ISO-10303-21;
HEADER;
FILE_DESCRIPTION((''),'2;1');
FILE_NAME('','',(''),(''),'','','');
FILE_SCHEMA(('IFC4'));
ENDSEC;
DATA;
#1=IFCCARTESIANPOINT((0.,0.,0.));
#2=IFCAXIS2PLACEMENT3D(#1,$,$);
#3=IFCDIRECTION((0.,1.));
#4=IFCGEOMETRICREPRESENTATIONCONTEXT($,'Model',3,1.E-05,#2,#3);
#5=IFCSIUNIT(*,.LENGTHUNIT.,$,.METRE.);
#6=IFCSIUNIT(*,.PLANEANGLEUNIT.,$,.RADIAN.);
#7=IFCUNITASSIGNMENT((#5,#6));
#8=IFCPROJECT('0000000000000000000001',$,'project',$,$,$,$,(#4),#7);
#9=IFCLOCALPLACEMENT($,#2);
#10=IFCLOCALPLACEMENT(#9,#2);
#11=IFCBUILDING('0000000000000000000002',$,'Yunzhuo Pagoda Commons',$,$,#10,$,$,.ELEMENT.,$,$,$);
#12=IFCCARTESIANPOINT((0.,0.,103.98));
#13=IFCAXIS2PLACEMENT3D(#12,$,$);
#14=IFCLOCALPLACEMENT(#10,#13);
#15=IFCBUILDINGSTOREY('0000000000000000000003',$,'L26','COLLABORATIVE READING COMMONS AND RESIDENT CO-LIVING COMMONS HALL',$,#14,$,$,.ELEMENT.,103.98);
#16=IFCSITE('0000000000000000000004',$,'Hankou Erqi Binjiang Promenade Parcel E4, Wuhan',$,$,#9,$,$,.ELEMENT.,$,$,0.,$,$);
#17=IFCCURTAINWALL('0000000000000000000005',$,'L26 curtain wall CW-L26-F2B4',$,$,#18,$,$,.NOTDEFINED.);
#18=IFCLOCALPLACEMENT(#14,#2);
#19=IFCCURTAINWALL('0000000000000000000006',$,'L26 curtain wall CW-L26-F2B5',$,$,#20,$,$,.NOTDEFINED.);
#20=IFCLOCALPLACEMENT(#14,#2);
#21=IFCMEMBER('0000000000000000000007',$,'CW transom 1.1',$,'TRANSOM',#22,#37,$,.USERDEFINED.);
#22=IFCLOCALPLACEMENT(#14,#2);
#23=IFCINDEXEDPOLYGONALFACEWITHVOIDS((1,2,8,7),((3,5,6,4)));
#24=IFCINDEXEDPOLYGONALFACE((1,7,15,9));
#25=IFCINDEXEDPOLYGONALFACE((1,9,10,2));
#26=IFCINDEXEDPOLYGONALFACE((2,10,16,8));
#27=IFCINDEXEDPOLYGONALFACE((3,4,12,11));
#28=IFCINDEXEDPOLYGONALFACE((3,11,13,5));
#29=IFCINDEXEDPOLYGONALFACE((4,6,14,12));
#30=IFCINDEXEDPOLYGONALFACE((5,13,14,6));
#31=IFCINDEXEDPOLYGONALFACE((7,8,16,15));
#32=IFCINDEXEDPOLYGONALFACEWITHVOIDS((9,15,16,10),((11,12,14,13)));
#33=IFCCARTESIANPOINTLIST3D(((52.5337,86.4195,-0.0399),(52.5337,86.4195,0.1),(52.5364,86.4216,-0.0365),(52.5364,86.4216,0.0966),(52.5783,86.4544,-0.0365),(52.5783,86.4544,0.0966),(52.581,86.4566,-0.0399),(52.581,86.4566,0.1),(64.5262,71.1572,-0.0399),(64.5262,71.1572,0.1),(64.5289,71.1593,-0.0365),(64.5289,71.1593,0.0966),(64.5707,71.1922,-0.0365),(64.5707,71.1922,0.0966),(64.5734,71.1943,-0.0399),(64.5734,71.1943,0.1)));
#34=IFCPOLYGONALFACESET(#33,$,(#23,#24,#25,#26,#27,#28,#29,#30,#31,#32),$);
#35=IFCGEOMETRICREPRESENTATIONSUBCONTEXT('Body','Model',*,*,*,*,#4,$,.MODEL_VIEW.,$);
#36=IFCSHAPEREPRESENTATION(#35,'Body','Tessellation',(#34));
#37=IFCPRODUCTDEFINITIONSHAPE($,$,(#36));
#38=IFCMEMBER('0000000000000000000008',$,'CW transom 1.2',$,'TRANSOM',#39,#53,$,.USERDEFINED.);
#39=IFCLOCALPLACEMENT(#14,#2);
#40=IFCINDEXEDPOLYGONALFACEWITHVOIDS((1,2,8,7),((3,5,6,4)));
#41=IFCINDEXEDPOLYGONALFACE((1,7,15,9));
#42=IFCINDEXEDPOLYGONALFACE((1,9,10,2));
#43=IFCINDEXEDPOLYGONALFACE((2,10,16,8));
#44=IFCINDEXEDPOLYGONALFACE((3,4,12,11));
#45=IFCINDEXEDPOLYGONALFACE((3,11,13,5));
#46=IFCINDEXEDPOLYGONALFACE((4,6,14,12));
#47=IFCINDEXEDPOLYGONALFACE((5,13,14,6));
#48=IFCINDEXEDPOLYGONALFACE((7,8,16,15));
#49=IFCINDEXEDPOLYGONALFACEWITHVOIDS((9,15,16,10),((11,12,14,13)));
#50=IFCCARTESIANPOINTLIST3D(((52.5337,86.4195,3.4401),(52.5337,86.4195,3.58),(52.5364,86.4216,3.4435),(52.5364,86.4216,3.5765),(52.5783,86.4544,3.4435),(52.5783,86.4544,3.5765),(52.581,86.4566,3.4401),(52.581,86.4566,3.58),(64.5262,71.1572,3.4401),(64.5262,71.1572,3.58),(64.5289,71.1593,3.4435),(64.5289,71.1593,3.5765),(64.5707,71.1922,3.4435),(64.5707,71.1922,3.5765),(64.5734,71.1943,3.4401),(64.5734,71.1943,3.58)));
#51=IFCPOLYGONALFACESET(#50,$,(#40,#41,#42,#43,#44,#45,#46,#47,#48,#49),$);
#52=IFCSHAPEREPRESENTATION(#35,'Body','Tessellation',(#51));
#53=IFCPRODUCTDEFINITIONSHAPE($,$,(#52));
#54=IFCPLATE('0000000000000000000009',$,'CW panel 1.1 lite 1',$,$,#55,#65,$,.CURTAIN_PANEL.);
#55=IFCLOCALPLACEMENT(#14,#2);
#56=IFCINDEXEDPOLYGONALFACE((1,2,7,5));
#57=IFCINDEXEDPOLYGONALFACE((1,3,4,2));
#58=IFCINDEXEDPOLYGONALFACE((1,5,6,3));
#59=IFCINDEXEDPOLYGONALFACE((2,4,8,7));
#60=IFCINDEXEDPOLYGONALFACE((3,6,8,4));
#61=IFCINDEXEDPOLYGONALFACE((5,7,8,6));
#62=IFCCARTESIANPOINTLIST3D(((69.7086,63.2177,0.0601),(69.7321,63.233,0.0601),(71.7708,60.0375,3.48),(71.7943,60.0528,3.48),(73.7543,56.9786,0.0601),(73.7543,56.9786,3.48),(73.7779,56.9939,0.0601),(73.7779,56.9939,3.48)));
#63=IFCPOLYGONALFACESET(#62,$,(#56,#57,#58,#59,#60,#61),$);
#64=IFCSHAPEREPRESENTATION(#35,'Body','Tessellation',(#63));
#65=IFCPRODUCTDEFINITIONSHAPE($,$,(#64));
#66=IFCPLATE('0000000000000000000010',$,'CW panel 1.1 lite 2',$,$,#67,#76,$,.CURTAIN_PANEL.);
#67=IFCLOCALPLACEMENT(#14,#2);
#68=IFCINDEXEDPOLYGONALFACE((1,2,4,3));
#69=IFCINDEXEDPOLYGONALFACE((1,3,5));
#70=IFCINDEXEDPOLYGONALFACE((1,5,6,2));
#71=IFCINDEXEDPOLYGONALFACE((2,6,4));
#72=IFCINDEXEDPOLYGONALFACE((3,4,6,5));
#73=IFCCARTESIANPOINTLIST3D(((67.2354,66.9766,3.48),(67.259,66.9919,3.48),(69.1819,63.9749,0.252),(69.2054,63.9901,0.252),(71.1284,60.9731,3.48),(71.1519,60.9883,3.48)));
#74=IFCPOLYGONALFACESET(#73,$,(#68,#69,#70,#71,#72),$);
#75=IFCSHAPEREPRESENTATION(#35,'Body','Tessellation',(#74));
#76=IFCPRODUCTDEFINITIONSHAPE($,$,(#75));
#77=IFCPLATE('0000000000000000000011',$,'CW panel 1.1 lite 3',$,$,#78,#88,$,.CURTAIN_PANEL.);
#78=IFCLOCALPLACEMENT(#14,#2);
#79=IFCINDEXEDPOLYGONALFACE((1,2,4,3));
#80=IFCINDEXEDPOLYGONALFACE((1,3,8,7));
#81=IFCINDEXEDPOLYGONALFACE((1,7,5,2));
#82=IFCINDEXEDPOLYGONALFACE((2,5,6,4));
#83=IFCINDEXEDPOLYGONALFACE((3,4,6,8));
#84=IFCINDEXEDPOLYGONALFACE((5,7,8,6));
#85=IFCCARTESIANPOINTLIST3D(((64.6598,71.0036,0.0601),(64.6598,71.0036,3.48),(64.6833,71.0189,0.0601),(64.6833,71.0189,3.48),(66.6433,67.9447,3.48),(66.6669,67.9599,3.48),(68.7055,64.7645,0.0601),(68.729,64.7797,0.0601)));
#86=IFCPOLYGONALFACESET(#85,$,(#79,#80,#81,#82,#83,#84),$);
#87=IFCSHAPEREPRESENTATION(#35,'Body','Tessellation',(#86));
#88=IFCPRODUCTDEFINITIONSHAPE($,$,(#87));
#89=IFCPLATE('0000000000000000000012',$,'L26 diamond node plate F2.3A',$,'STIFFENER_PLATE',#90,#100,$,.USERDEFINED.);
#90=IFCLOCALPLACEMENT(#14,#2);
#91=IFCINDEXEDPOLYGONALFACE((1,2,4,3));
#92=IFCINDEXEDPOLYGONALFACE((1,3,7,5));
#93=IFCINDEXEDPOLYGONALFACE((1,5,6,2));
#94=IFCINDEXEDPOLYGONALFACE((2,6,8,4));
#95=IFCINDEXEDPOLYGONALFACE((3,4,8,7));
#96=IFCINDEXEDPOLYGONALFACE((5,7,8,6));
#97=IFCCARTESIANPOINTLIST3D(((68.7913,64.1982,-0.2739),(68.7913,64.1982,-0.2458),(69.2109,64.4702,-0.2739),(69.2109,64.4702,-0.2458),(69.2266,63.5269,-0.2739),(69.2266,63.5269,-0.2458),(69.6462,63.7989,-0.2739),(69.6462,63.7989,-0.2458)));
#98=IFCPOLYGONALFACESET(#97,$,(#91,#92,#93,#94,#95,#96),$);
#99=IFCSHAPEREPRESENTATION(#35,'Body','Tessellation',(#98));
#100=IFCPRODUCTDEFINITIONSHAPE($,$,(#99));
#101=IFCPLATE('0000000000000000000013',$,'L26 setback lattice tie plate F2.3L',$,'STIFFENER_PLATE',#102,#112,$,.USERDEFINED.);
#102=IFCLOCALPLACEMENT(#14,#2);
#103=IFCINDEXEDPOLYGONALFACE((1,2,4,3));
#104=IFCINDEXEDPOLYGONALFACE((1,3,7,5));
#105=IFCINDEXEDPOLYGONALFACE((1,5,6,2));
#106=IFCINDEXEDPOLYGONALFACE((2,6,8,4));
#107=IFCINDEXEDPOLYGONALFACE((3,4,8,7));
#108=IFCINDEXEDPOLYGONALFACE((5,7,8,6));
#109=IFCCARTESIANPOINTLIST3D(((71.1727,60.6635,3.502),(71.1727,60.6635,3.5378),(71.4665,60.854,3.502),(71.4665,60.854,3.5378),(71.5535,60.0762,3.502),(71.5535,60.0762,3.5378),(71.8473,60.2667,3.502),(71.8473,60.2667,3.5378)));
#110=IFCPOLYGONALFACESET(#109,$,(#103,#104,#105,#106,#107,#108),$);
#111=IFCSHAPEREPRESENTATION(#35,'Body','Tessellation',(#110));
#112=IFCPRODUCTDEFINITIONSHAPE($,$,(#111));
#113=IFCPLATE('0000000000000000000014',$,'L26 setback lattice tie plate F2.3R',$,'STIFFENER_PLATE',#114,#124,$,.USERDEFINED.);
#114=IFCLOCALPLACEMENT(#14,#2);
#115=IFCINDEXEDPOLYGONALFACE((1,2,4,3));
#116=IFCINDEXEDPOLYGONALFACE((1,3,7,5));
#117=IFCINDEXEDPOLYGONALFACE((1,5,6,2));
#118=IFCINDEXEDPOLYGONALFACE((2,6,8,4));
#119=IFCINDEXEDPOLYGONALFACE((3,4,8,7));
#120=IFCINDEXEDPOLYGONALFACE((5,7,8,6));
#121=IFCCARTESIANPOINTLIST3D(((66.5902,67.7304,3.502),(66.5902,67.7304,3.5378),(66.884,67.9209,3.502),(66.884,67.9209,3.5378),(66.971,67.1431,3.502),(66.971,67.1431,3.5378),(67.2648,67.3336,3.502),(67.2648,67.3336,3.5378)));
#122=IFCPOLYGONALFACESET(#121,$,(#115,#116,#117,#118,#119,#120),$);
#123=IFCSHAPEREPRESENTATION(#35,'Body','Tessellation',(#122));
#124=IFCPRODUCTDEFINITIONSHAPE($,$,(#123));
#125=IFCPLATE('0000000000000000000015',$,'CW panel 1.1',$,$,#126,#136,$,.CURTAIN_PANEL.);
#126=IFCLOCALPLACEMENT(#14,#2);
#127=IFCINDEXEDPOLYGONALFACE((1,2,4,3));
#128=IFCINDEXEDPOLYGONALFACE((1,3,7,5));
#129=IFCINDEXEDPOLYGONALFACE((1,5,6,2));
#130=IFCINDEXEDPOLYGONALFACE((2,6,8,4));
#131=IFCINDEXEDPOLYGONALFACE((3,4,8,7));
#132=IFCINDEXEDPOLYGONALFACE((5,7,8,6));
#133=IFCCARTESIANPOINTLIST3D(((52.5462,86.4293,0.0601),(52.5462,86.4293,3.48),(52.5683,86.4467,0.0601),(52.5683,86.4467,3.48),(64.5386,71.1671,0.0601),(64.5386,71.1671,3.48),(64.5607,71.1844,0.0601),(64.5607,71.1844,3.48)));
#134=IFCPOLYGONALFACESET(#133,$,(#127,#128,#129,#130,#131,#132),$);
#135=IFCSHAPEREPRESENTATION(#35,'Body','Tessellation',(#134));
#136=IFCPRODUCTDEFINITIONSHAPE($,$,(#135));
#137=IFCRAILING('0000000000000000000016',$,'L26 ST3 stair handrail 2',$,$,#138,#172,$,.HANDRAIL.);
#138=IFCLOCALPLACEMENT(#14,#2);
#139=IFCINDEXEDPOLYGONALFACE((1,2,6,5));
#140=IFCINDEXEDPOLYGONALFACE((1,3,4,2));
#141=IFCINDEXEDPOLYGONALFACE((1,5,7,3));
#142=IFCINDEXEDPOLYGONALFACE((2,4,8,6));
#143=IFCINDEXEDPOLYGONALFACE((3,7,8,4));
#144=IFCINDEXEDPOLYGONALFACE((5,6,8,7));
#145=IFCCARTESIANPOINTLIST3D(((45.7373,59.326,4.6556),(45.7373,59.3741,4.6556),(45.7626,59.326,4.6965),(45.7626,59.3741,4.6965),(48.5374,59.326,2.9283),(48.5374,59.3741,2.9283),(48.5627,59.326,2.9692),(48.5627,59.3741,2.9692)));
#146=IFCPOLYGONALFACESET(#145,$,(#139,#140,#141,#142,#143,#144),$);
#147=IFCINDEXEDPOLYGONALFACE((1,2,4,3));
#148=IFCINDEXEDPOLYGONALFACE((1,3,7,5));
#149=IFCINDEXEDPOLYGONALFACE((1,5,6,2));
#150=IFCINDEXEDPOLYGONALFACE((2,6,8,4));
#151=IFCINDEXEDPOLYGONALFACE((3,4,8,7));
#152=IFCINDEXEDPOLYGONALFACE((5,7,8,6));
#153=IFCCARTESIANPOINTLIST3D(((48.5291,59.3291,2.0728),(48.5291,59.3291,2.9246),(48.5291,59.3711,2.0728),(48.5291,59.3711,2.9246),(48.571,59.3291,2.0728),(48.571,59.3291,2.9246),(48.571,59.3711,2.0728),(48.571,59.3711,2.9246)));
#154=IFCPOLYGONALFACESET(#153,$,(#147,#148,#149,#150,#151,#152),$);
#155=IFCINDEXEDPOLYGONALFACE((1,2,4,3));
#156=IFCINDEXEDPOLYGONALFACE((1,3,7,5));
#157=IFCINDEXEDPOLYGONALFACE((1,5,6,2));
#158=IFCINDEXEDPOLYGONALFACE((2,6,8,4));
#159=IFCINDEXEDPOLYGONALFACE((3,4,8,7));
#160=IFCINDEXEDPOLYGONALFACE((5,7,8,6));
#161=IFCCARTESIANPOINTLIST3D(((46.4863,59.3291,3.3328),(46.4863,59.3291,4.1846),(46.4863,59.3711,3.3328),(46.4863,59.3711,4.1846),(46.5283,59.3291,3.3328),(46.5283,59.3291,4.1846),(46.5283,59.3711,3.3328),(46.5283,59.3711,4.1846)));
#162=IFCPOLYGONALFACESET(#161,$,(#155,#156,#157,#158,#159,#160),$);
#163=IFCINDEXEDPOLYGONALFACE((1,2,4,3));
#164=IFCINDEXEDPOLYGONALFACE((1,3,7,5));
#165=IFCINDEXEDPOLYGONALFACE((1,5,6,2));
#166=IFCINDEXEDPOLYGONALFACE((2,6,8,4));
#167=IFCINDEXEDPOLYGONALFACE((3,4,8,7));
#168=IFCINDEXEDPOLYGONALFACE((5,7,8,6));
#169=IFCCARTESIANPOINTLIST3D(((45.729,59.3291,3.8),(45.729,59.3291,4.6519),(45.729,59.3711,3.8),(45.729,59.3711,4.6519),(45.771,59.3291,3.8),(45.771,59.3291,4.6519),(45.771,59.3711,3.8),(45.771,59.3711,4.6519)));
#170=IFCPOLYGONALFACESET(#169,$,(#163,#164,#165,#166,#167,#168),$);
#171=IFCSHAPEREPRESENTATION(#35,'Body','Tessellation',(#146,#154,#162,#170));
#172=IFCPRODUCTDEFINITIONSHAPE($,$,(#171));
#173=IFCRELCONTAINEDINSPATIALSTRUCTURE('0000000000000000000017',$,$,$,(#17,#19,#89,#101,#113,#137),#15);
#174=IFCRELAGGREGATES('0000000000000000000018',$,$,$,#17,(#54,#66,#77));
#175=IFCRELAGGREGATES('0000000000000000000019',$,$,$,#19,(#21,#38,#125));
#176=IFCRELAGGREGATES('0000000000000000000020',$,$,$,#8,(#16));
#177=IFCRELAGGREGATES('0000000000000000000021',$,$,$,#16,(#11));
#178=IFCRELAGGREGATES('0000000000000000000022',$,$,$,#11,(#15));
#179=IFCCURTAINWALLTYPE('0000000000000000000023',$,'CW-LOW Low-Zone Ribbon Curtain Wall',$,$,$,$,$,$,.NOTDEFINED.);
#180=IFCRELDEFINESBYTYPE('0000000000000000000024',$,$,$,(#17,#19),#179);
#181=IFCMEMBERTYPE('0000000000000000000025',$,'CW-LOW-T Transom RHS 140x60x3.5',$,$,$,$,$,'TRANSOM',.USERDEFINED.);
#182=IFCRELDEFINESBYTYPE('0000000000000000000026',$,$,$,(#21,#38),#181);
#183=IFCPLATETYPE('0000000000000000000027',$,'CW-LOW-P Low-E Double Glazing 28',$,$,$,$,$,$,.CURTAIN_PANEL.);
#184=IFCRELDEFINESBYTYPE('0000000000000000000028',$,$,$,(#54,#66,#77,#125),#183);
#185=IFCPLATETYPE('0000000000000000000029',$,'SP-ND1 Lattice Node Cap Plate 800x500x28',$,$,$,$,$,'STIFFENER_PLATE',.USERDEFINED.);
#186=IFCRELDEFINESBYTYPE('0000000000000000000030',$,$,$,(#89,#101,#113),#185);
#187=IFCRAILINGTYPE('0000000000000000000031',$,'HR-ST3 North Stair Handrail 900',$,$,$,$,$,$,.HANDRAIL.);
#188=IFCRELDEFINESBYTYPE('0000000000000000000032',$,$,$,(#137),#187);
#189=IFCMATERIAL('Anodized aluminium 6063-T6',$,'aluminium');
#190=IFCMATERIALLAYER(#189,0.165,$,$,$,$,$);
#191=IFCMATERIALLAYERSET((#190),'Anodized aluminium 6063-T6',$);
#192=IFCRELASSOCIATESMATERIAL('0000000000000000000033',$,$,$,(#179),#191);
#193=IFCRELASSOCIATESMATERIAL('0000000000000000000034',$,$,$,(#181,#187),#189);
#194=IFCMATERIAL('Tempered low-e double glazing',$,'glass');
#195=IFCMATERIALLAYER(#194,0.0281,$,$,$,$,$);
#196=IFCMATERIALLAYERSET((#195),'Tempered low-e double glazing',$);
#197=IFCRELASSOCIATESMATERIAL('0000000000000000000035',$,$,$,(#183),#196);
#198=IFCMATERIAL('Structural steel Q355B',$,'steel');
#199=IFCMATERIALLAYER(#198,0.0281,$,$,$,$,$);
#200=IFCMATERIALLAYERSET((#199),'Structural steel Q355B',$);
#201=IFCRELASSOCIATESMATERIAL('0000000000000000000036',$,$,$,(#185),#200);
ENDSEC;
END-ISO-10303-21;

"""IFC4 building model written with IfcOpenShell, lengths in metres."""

from ifc_helpers import new_model, si_unit, direction, frame, origin, origin_2d, place, context, subcontext, project, spatial, polyline, rectangle, hollow_rectangle, outline, extrude, source, transform, mapped, material, layer, layer_set, material_profile, profile_set, type_object, element, aggregate, save


model = new_model("IFC4")

# Units and contexts
model_context = context("Model", 3, precision=1e-05, world=origin(), true_north=direction((0.0, 1.0)))
body_context = subcontext(model_context, "Body", "Model", "MODEL_VIEW")
ifc_project = project(units=[si_unit("LENGTHUNIT", "METRE"), si_unit("PLANEANGLEUNIT", "RADIAN")], contexts=[model_context])

# Site, building, storey
site_placement = place(None, origin())
site = spatial("IfcSite", under=ifc_project, at=site_placement, Name="Hankou Erqi Binjiang Promenade Parcel E4, Wuhan", CompositionType="ELEMENT", RefElevation=0.0)
building_placement = place(site_placement, origin())
building = spatial("IfcBuilding", under=site, at=building_placement, Name="Yunzhuo Pagoda Commons", CompositionType="ELEMENT")
storey_placement = place(building_placement, frame((0.0, 0.0, 103.98)))
storey = spatial("IfcBuildingStorey", under=building, at=storey_placement, Name="L26", Description="COLLABORATIVE READING COMMONS AND RESIDENT CO-LIVING COMMONS HALL", CompositionType="ELEMENT", Elevation=103.98)

# Shared definitions
ifc_material_1 = material(Name="Structural steel Q355B", Category="steel")

# Curtain wall
ifc_material_2 = material(Name="Anodized aluminium 6063-T6", Category="aluminium")
ifc_layer_1 = layer(ifc_material_2, 0.165)
ifc_layer_set_1 = layer_set([ifc_layer_1], Name="Anodized aluminium 6063-T6")
curtain_wall_type = type_object("IfcCurtainWallType", Name="CW-LOW Low-Zone Ribbon Curtain Wall", PredefinedType="NOTDEFINED", material=ifc_layer_set_1)
curtain_wall_1_placement = place(storey_placement, origin())
curtain_wall_1 = element("IfcCurtainWall", 1, at=curtain_wall_1_placement, inside=storey, type_object=curtain_wall_type, Name="L26 curtain wall CW-L26-F2B4", PredefinedType="NOTDEFINED")

# Curtain wall, members
curtain_wall_2_placement = place(storey_placement, origin())
curtain_wall_2 = element("IfcCurtainWall", 2, at=curtain_wall_2_placement, inside=storey, type_object=curtain_wall_type, Name="L26 curtain wall CW-L26-F2B5", PredefinedType="NOTDEFINED")
ifc_material_profile_1 = material_profile(ifc_material_2, hollow_rectangle(XDim=0.0601, YDim=0.1399, WallThickness=0.0034, at=origin_2d()), Name="Anodized aluminium 6063-T6")
ifc_profile_set_1 = profile_set([ifc_material_profile_1], Name="Anodized aluminium 6063-T6")
member_type_1 = type_object("IfcMemberType", Name="CW-LOW-T Transom RHS 140x60x3.5", ElementType="TRANSOM", PredefinedType="USERDEFINED", material=ifc_profile_set_1)
shared_shape_1 = source(origin(), body_context, "Body", "SweptSolid", [
    extrude(hollow_rectangle(XDim=0.0601, YDim=0.1399, WallThickness=0.0034, at=origin_2d()), origin(), (0.0, 0.0, 1.0), 19.4102),
])
member_1_placement = place(storey_placement, frame((64.5498, 71.1758, 0.03), z_axis=(-0.617844, 0.786301, 0.0), x_axis=(-0.786301, -0.617844, 0.0)))
member_1 = element("IfcMember", 3, at=member_1_placement, type_object=member_type_1, Name="CW transom 1.1", ObjectType="TRANSOM", PredefinedType="USERDEFINED", context=body_context, shape_type="MappedRepresentation", body=[
    mapped(shared_shape_1, transform((0.0, 0.0, 0.0), scale=1.0)),
])
member_2_placement = place(storey_placement, frame((64.5498, 71.1758, 3.51), z_axis=(-0.617844, 0.786301, 0.0), x_axis=(-0.786301, -0.617844, 0.0)))
member_2 = element("IfcMember", 4, at=member_2_placement, type_object=member_type_1, Name="CW transom 1.2", ObjectType="TRANSOM", PredefinedType="USERDEFINED", context=body_context, shape_type="MappedRepresentation", body=[
    mapped(shared_shape_1, transform((0.0, 0.0, 0.0), scale=1.0)),
])

# Plates
ifc_material_3 = material(Name="Tempered low-e double glazing", Category="glass")
ifc_layer_2 = layer(ifc_material_3, 0.0281)
ifc_layer_set_2 = layer_set([ifc_layer_2], Name="Tempered low-e double glazing")
plate_type_1 = type_object("IfcPlateType", Name="CW-LOW-P Low-E Double Glazing 28", PredefinedType="CURTAIN_PANEL", material=ifc_layer_set_2)
plate_1_placement = place(storey_placement, frame((71.7314, 60.0981, 1.77), z_axis=(0.83904, 0.54407, 0.0), x_axis=(-0.54407, 0.83904, 0.0)))
plate_1 = element("IfcPlate", 5, at=plate_1_placement, type_object=plate_type_1, Name="CW panel 1.1 lite 1", PredefinedType="CURTAIN_PANEL", context=body_context, shape_type="SweptSolid", body=[
    extrude(outline(polyline([(-3.718, -1.71), (3.718, -1.71), (-0.0723, 1.71), (-3.718, 1.71), (-3.718, -1.71)])), origin(), (0.0, 0.0, 1.0), 0.0281),
])
plate_2_placement = place(storey_placement, frame((69.1819, 63.9749, 1.866), z_axis=(0.83904, 0.54407, 0.0), x_axis=(-0.54407, 0.83904, 0.0)))
plate_2 = element("IfcPlate", 6, at=plate_2_placement, type_object=plate_type_1, Name="CW panel 1.1 lite 2", PredefinedType="CURTAIN_PANEL", context=body_context, shape_type="SweptSolid", body=[
    extrude(outline(polyline([(-3.5776, 1.614), (0.0, -1.614), (3.5776, 1.614), (-3.5776, 1.614)])), origin(), (0.0, 0.0, 1.0), 0.0281),
])
plate_3_placement = place(storey_placement, frame((66.6826, 67.884, 1.77), z_axis=(0.83904, 0.54407, 0.0), x_axis=(-0.54407, 0.83904, 0.0)))
plate_3 = element("IfcPlate", 7, at=plate_3_placement, type_object=plate_type_1, Name="CW panel 1.1 lite 3", PredefinedType="CURTAIN_PANEL", context=body_context, shape_type="SweptSolid", body=[
    extrude(outline(polyline([(-3.718, -1.71), (3.718, -1.71), (3.718, 1.71), (0.0723, 1.71), (-3.718, -1.71)])), origin(), (0.0, 0.0, 1.0), 0.0281),
])
aggregate(curtain_wall_1, [plate_1, plate_2, plate_3])

# Plates
ifc_layer_3 = layer(ifc_material_1, 0.0281)
ifc_layer_set_3 = layer_set([ifc_layer_3], Name="Structural steel Q355B")
plate_type_2 = type_object("IfcPlateType", Name="SP-ND1 Lattice Node Cap Plate 800x500x28", ElementType="STIFFENER_PLATE", PredefinedType="USERDEFINED", material=ifc_layer_set_3)
shared_shape_2 = source(origin(), body_context, "Body", "SweptSolid", [
    extrude(rectangle(XDim=0.8, YDim=0.5, at=origin_2d()), origin(), (0.0, 0.0, 1.0), 0.0281),
])
plate_4_placement = place(storey_placement, frame((69.2188, 63.9985, -0.2739), z_axis=(0.0, 0.0, 1.0), x_axis=(-0.544068, 0.839041, 0.0)))
element("IfcPlate", 8, at=plate_4_placement, inside=storey, type_object=plate_type_2, Name="L26 diamond node plate F2.3A", ObjectType="STIFFENER_PLATE", PredefinedType="USERDEFINED", context=body_context, shape_type="MappedRepresentation", body=[
    mapped(shared_shape_2, transform((0.0, 0.0, 0.0), scale=1.0)),
])
shared_shape_3 = source(origin(), body_context, "Body", "SweptSolid", [
    extrude(rectangle(XDim=0.7, YDim=0.3501, at=origin_2d()), origin(), (0.0, 0.0, 1.0), 0.0359),
])
for number, where, z_axis, x_axis, name in (
    (9, (71.51, 60.4651, 3.502), (0.0, 0.0, 1.0), (-0.544068, 0.839041, 0.0), "L26 setback lattice tie plate F2.3L"),
    (10, (66.9275, 67.532, 3.502), (0.0, 0.0, 1.0), (-0.544068, 0.839041, 0.0), "L26 setback lattice tie plate F2.3R"),
):
    element("IfcPlate", number, at=place(storey_placement, frame(where, z_axis=z_axis, x_axis=x_axis)), inside=storey, type_object=plate_type_2, Name=name, ObjectType="STIFFENER_PLATE", PredefinedType="USERDEFINED", context=body_context, shape_type="MappedRepresentation", body=[
        mapped(shared_shape_3, transform((0.0, 0.0, 0.0), scale=1.0)),
    ])

# Plate
shared_shape_4 = source(origin(), body_context, "Body", "SweptSolid", [
    extrude(rectangle(XDim=19.4102, YDim=0.0281, at=origin_2d()), origin(), (0.0, 0.0, 1.0), 3.4199),
])
plate_5_placement = place(storey_placement, frame((58.5535, 78.8069, 0.0601), z_axis=(0.0, 0.0, 1.0), x_axis=(-0.617843, 0.786301, 0.0)))
plate_5 = element("IfcPlate", 11, at=plate_5_placement, type_object=plate_type_1, Name="CW panel 1.1", PredefinedType="CURTAIN_PANEL", context=body_context, shape_type="MappedRepresentation", body=[
    mapped(shared_shape_4, transform((0.0, 0.0, 0.0), scale=1.0)),
])
aggregate(curtain_wall_2, [member_1, member_2, plate_5])

# Railing
railing_type_1 = type_object("IfcRailingType", Name="HR-ST3 North Stair Handrail 900", PredefinedType="HANDRAIL", material=ifc_material_2)
railing_1_placement = place(storey_placement, frame((48.55, 59.3501, 2.0728)))
element("IfcRailing", 12, at=railing_1_placement, inside=storey, type_object=railing_type_1, Name="L26 ST3 stair handrail 2", PredefinedType="HANDRAIL", context=body_context, shape_type="SweptSolid", body=[
    extrude(rectangle(XDim=0.0481, YDim=0.0481, at=origin_2d()), frame((0.0, 0.0, 0.876), z_axis=(-0.85109, 0.0, 0.52502), x_axis=(0.0, -1.0, 0.0)), (0.0, 0.0, 1.0), 3.29),
    extrude(rectangle(XDim=0.042, YDim=0.042, at=origin_2d()), origin(), (0.0, 0.0, 1.0), 0.8518),
    extrude(rectangle(XDim=0.042, YDim=0.042, at=origin_2d()), frame((-2.0427, 0.0, 1.26)), (0.0, 0.0, 1.0), 0.8518),
    extrude(rectangle(XDim=0.042, YDim=0.042, at=origin_2d()), frame((-2.8, 0.0, 1.7273)), (0.0, 0.0, 1.0), 0.8518),
])

save(model, "model.ifc")
